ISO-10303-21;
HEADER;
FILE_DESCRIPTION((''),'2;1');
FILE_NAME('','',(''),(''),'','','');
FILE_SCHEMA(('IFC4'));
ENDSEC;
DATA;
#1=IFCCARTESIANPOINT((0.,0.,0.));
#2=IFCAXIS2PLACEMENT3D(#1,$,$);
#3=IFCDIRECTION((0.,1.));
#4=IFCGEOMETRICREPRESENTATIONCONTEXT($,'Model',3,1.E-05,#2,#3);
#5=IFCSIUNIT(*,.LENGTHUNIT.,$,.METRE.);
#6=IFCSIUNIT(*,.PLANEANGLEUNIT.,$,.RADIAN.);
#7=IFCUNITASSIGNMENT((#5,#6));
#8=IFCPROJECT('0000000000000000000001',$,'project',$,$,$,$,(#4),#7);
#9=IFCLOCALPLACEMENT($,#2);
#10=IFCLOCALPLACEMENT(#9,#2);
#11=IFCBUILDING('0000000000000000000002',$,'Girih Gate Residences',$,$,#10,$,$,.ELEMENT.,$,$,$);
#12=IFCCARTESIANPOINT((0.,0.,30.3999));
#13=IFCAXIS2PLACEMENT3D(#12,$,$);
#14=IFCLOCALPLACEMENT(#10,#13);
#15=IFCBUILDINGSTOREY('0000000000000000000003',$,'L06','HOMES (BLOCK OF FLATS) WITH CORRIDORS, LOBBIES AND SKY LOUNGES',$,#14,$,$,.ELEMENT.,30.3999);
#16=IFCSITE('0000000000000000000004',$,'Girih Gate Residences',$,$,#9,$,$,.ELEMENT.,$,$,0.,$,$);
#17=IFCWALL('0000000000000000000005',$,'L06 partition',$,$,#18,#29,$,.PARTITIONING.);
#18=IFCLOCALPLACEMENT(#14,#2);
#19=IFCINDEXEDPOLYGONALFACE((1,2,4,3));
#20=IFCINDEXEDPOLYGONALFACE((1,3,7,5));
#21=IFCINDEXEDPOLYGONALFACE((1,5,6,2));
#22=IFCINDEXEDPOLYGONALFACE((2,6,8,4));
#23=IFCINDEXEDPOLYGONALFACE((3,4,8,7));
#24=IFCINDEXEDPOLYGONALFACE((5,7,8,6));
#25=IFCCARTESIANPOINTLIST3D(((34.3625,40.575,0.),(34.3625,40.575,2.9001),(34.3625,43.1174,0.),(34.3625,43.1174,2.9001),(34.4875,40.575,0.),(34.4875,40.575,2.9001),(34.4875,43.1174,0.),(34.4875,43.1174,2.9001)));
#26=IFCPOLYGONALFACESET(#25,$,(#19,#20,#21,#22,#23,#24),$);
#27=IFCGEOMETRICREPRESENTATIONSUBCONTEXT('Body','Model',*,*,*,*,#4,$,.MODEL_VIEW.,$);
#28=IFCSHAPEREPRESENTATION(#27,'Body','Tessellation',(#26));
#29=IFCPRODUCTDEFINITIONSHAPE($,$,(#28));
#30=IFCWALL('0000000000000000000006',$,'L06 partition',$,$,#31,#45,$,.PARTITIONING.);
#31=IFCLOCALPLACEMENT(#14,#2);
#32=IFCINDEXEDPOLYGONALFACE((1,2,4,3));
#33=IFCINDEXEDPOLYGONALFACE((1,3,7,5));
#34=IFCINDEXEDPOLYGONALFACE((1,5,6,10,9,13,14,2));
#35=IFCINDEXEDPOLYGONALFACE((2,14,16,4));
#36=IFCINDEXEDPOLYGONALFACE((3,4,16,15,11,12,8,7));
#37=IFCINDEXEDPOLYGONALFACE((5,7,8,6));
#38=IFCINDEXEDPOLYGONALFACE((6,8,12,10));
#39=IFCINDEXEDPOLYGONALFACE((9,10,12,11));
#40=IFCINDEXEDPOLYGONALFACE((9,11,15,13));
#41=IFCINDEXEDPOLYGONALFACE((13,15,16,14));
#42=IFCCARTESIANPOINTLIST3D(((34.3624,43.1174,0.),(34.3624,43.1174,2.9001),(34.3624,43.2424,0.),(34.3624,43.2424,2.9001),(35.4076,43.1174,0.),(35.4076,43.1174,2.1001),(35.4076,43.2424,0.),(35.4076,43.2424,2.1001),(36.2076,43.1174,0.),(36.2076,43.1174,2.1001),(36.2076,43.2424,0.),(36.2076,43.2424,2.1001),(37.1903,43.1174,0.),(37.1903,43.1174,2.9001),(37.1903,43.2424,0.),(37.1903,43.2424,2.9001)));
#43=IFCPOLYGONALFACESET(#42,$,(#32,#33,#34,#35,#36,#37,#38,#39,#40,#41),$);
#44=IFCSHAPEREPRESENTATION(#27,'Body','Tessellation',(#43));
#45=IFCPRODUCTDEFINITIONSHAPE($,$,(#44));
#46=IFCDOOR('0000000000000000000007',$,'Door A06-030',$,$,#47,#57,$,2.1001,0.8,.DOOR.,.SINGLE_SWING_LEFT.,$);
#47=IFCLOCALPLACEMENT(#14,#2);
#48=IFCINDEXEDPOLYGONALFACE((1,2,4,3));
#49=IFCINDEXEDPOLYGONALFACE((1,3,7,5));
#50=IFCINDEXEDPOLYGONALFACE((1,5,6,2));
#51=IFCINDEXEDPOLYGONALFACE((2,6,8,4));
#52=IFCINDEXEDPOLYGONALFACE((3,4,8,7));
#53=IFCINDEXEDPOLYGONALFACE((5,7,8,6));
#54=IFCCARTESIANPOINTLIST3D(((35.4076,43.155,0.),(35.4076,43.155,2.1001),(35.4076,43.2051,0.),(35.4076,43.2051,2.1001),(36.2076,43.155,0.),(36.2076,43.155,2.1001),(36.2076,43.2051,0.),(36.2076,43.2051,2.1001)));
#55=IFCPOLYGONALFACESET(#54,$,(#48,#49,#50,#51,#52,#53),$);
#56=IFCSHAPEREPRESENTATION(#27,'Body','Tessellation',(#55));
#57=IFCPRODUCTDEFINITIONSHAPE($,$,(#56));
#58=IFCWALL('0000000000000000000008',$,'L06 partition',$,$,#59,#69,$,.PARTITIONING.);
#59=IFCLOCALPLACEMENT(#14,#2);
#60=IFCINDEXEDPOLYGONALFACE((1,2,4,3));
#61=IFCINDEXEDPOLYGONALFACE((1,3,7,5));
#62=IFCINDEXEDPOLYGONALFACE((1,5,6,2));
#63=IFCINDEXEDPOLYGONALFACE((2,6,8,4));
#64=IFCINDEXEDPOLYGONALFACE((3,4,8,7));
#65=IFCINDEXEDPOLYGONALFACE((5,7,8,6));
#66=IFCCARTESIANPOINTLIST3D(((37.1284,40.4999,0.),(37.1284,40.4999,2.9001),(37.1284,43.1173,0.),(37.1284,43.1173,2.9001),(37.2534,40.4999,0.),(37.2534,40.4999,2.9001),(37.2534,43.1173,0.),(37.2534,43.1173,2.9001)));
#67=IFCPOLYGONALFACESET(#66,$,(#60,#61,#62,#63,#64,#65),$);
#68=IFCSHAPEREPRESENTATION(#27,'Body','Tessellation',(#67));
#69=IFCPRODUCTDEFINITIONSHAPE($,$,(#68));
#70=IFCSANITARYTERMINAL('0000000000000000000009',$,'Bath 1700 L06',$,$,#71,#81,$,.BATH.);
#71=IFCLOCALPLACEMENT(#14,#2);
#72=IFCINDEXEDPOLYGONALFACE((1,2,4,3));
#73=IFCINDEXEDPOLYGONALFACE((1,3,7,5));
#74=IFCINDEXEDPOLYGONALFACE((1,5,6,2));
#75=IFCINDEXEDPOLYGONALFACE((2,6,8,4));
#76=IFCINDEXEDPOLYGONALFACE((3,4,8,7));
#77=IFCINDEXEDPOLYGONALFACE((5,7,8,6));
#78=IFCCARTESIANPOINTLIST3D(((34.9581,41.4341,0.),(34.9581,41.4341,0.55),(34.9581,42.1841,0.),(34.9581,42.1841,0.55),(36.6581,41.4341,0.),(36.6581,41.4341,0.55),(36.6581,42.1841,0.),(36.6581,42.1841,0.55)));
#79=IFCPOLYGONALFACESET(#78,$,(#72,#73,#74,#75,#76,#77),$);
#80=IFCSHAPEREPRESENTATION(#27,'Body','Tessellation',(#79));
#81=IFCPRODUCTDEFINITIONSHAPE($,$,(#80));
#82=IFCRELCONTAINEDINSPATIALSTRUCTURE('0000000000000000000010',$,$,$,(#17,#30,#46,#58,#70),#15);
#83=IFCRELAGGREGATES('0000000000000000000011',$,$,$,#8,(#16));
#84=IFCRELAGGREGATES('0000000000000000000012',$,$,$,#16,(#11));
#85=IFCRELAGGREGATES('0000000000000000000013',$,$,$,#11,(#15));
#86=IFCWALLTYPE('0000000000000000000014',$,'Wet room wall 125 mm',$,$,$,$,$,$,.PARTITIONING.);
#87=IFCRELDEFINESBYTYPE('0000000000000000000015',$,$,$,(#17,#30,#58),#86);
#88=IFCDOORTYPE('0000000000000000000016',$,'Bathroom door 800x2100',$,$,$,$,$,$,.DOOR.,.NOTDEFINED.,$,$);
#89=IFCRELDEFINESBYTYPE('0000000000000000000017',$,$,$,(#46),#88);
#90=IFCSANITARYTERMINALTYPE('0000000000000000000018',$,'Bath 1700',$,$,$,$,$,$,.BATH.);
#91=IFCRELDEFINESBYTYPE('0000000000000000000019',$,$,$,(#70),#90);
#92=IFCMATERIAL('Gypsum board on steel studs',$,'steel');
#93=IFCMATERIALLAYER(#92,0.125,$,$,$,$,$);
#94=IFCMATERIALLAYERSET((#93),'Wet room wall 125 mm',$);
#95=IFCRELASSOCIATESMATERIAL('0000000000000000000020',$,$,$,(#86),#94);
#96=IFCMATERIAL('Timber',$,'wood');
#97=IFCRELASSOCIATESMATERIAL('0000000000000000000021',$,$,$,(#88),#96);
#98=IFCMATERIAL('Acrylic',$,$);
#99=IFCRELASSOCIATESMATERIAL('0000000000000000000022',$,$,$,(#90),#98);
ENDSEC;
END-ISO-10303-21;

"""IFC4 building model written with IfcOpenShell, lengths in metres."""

from ifc_helpers import new_model, si_unit, direction, frame, frame_2d, origin, origin_2d, place, context, subcontext, project, spatial, rectangle, extrude, material, layer, layer_set, type_object, element, fill, save


model = new_model("IFC4")

# Units and contexts
model_context = context("Model", 3, precision=1e-05, world=origin(), true_north=direction((0.0, 1.0)))
body_context = subcontext(model_context, "Body", "Model", "MODEL_VIEW")
ifc_project = project(units=[si_unit("LENGTHUNIT", "METRE"), si_unit("PLANEANGLEUNIT", "RADIAN")], contexts=[model_context])

# Site, building, storey
site_placement = place(None, origin())
site = spatial("IfcSite", under=ifc_project, at=site_placement, Name="Girih Gate Residences", CompositionType="ELEMENT", RefElevation=0.0)
building_placement = place(site_placement, origin())
building = spatial("IfcBuilding", under=site, at=building_placement, Name="Girih Gate Residences", CompositionType="ELEMENT")
storey_placement = place(building_placement, frame((0.0, 0.0, 30.3999)))
storey = spatial("IfcBuildingStorey", under=building, at=storey_placement, Name="L06", Description="HOMES (BLOCK OF FLATS) WITH CORRIDORS, LOBBIES AND SKY LOUNGES", CompositionType="ELEMENT", Elevation=30.3999)

# Shared definitions
ifc_material_1 = material(Name="Gypsum board on steel studs", Category="steel")

# Shared definitions
ifc_material_2 = material(Name="Timber", Category="wood")

# Wall
ifc_layer_1 = layer(ifc_material_1, 0.125)
ifc_layer_set_1 = layer_set([ifc_layer_1], Name="Wet room wall 125 mm")
wall_type_1 = type_object("IfcWallType", Name="Wet room wall 125 mm", PredefinedType="PARTITIONING", material=ifc_layer_set_1)
wall_1_placement = place(storey_placement, frame((34.425, 40.575, 0.0), z_axis=(0.0, 0.0, 1.0), x_axis=(0.0, 1.0, 0.0)))
element("IfcWall", 1, at=wall_1_placement, inside=storey, type_object=wall_type_1, Name="L06 partition", PredefinedType="PARTITIONING", context=body_context, shape_type="SweptSolid", body=[
    extrude(rectangle(XDim=2.5425, YDim=0.125, at=frame_2d((1.2712, 0.0))), origin(), (0.0, 0.0, 1.0), 2.9001),
])

# Wall, opening, door
wall_2_placement = place(storey_placement, frame((37.1904, 43.1799, 0.0), z_axis=(0.0, 0.0, 1.0), x_axis=(-1.0, 0.0, 0.0)))
wall_2 = element("IfcWall", 2, at=wall_2_placement, inside=storey, type_object=wall_type_1, Name="L06 partition", PredefinedType="PARTITIONING", context=body_context, shape_type="SweptSolid", body=[
    extrude(rectangle(XDim=2.8279, YDim=0.125, at=frame_2d((1.4141, 0.0))), origin(), (0.0, 0.0, 1.0), 2.9001),
])
opening_1_placement = place(wall_2_placement, frame((0.9829, 0.0, 0.0)))
opening_1 = element("IfcOpeningElement", 3, at=opening_1_placement, cuts=wall_2, PredefinedType="OPENING", context=body_context, shape_type="SweptSolid", body=[
    extrude(rectangle(XDim=0.8, YDim=2.1001, at=frame_2d((0.3999, 1.05))), frame((0.0, 0.0725, 0.0), z_axis=(0.0, -1.0, 0.0), x_axis=(1.0, 0.0, 0.0)), (0.0, 0.0, 1.0), 0.145),
])
door_type_1 = type_object("IfcDoorType", Name="Bathroom door 800x2100", OperationType="NOTDEFINED", PredefinedType="DOOR", material=ifc_material_2)
door_1_placement = place(opening_1_placement, origin())
door_1 = element("IfcDoor", 4, at=door_1_placement, inside=storey, type_object=door_type_1, Name="Door A06-030", OperationType="SINGLE_SWING_LEFT", OverallHeight=2.1001, OverallWidth=0.8, PredefinedType="DOOR", context=body_context, shape_type="SweptSolid", body=[
    extrude(rectangle(XDim=0.8, YDim=2.1001, at=frame_2d((0.3999, 1.05))), frame((0.0, 0.0249, 0.0), z_axis=(0.0, -1.0, 0.0), x_axis=(1.0, 0.0, 0.0)), (0.0, 0.0, 1.0), 0.05),
])
fill(opening_1, door_1)

# Wall
wall_3_placement = place(storey_placement, frame((37.1909, 40.5, 0.0), z_axis=(0.0, 0.0, 1.0), x_axis=(0.0, 1.0, 0.0)))
element("IfcWall", 5, at=wall_3_placement, inside=storey, type_object=wall_type_1, Name="L06 partition", PredefinedType="PARTITIONING", context=body_context, shape_type="SweptSolid", body=[
    extrude(rectangle(XDim=2.6174, YDim=0.125, at=frame_2d((1.3086, 0.0))), origin(), (0.0, 0.0, 1.0), 2.9001),
])

# Sanitary terminal
ifc_material_3 = material(Name="Acrylic")
sanitary_terminal_type = type_object("IfcSanitaryTerminalType", Name="Bath 1700", PredefinedType="BATH", material=ifc_material_3)
sanitary_terminal_placement = place(storey_placement, frame((35.8081, 41.8091, 0.0), z_axis=(0.0, 0.0, 1.0), x_axis=(1.0, 0.0, 0.0)))
element("IfcSanitaryTerminal", 6, at=sanitary_terminal_placement, inside=storey, type_object=sanitary_terminal_type, Name="Bath 1700 L06", PredefinedType="BATH", context=body_context, shape_type="SweptSolid", body=[
    extrude(rectangle(XDim=1.7, YDim=0.75, at=origin_2d()), origin(), (0.0, 0.0, 1.0), 0.55),
])

save(model, "model.ifc")
